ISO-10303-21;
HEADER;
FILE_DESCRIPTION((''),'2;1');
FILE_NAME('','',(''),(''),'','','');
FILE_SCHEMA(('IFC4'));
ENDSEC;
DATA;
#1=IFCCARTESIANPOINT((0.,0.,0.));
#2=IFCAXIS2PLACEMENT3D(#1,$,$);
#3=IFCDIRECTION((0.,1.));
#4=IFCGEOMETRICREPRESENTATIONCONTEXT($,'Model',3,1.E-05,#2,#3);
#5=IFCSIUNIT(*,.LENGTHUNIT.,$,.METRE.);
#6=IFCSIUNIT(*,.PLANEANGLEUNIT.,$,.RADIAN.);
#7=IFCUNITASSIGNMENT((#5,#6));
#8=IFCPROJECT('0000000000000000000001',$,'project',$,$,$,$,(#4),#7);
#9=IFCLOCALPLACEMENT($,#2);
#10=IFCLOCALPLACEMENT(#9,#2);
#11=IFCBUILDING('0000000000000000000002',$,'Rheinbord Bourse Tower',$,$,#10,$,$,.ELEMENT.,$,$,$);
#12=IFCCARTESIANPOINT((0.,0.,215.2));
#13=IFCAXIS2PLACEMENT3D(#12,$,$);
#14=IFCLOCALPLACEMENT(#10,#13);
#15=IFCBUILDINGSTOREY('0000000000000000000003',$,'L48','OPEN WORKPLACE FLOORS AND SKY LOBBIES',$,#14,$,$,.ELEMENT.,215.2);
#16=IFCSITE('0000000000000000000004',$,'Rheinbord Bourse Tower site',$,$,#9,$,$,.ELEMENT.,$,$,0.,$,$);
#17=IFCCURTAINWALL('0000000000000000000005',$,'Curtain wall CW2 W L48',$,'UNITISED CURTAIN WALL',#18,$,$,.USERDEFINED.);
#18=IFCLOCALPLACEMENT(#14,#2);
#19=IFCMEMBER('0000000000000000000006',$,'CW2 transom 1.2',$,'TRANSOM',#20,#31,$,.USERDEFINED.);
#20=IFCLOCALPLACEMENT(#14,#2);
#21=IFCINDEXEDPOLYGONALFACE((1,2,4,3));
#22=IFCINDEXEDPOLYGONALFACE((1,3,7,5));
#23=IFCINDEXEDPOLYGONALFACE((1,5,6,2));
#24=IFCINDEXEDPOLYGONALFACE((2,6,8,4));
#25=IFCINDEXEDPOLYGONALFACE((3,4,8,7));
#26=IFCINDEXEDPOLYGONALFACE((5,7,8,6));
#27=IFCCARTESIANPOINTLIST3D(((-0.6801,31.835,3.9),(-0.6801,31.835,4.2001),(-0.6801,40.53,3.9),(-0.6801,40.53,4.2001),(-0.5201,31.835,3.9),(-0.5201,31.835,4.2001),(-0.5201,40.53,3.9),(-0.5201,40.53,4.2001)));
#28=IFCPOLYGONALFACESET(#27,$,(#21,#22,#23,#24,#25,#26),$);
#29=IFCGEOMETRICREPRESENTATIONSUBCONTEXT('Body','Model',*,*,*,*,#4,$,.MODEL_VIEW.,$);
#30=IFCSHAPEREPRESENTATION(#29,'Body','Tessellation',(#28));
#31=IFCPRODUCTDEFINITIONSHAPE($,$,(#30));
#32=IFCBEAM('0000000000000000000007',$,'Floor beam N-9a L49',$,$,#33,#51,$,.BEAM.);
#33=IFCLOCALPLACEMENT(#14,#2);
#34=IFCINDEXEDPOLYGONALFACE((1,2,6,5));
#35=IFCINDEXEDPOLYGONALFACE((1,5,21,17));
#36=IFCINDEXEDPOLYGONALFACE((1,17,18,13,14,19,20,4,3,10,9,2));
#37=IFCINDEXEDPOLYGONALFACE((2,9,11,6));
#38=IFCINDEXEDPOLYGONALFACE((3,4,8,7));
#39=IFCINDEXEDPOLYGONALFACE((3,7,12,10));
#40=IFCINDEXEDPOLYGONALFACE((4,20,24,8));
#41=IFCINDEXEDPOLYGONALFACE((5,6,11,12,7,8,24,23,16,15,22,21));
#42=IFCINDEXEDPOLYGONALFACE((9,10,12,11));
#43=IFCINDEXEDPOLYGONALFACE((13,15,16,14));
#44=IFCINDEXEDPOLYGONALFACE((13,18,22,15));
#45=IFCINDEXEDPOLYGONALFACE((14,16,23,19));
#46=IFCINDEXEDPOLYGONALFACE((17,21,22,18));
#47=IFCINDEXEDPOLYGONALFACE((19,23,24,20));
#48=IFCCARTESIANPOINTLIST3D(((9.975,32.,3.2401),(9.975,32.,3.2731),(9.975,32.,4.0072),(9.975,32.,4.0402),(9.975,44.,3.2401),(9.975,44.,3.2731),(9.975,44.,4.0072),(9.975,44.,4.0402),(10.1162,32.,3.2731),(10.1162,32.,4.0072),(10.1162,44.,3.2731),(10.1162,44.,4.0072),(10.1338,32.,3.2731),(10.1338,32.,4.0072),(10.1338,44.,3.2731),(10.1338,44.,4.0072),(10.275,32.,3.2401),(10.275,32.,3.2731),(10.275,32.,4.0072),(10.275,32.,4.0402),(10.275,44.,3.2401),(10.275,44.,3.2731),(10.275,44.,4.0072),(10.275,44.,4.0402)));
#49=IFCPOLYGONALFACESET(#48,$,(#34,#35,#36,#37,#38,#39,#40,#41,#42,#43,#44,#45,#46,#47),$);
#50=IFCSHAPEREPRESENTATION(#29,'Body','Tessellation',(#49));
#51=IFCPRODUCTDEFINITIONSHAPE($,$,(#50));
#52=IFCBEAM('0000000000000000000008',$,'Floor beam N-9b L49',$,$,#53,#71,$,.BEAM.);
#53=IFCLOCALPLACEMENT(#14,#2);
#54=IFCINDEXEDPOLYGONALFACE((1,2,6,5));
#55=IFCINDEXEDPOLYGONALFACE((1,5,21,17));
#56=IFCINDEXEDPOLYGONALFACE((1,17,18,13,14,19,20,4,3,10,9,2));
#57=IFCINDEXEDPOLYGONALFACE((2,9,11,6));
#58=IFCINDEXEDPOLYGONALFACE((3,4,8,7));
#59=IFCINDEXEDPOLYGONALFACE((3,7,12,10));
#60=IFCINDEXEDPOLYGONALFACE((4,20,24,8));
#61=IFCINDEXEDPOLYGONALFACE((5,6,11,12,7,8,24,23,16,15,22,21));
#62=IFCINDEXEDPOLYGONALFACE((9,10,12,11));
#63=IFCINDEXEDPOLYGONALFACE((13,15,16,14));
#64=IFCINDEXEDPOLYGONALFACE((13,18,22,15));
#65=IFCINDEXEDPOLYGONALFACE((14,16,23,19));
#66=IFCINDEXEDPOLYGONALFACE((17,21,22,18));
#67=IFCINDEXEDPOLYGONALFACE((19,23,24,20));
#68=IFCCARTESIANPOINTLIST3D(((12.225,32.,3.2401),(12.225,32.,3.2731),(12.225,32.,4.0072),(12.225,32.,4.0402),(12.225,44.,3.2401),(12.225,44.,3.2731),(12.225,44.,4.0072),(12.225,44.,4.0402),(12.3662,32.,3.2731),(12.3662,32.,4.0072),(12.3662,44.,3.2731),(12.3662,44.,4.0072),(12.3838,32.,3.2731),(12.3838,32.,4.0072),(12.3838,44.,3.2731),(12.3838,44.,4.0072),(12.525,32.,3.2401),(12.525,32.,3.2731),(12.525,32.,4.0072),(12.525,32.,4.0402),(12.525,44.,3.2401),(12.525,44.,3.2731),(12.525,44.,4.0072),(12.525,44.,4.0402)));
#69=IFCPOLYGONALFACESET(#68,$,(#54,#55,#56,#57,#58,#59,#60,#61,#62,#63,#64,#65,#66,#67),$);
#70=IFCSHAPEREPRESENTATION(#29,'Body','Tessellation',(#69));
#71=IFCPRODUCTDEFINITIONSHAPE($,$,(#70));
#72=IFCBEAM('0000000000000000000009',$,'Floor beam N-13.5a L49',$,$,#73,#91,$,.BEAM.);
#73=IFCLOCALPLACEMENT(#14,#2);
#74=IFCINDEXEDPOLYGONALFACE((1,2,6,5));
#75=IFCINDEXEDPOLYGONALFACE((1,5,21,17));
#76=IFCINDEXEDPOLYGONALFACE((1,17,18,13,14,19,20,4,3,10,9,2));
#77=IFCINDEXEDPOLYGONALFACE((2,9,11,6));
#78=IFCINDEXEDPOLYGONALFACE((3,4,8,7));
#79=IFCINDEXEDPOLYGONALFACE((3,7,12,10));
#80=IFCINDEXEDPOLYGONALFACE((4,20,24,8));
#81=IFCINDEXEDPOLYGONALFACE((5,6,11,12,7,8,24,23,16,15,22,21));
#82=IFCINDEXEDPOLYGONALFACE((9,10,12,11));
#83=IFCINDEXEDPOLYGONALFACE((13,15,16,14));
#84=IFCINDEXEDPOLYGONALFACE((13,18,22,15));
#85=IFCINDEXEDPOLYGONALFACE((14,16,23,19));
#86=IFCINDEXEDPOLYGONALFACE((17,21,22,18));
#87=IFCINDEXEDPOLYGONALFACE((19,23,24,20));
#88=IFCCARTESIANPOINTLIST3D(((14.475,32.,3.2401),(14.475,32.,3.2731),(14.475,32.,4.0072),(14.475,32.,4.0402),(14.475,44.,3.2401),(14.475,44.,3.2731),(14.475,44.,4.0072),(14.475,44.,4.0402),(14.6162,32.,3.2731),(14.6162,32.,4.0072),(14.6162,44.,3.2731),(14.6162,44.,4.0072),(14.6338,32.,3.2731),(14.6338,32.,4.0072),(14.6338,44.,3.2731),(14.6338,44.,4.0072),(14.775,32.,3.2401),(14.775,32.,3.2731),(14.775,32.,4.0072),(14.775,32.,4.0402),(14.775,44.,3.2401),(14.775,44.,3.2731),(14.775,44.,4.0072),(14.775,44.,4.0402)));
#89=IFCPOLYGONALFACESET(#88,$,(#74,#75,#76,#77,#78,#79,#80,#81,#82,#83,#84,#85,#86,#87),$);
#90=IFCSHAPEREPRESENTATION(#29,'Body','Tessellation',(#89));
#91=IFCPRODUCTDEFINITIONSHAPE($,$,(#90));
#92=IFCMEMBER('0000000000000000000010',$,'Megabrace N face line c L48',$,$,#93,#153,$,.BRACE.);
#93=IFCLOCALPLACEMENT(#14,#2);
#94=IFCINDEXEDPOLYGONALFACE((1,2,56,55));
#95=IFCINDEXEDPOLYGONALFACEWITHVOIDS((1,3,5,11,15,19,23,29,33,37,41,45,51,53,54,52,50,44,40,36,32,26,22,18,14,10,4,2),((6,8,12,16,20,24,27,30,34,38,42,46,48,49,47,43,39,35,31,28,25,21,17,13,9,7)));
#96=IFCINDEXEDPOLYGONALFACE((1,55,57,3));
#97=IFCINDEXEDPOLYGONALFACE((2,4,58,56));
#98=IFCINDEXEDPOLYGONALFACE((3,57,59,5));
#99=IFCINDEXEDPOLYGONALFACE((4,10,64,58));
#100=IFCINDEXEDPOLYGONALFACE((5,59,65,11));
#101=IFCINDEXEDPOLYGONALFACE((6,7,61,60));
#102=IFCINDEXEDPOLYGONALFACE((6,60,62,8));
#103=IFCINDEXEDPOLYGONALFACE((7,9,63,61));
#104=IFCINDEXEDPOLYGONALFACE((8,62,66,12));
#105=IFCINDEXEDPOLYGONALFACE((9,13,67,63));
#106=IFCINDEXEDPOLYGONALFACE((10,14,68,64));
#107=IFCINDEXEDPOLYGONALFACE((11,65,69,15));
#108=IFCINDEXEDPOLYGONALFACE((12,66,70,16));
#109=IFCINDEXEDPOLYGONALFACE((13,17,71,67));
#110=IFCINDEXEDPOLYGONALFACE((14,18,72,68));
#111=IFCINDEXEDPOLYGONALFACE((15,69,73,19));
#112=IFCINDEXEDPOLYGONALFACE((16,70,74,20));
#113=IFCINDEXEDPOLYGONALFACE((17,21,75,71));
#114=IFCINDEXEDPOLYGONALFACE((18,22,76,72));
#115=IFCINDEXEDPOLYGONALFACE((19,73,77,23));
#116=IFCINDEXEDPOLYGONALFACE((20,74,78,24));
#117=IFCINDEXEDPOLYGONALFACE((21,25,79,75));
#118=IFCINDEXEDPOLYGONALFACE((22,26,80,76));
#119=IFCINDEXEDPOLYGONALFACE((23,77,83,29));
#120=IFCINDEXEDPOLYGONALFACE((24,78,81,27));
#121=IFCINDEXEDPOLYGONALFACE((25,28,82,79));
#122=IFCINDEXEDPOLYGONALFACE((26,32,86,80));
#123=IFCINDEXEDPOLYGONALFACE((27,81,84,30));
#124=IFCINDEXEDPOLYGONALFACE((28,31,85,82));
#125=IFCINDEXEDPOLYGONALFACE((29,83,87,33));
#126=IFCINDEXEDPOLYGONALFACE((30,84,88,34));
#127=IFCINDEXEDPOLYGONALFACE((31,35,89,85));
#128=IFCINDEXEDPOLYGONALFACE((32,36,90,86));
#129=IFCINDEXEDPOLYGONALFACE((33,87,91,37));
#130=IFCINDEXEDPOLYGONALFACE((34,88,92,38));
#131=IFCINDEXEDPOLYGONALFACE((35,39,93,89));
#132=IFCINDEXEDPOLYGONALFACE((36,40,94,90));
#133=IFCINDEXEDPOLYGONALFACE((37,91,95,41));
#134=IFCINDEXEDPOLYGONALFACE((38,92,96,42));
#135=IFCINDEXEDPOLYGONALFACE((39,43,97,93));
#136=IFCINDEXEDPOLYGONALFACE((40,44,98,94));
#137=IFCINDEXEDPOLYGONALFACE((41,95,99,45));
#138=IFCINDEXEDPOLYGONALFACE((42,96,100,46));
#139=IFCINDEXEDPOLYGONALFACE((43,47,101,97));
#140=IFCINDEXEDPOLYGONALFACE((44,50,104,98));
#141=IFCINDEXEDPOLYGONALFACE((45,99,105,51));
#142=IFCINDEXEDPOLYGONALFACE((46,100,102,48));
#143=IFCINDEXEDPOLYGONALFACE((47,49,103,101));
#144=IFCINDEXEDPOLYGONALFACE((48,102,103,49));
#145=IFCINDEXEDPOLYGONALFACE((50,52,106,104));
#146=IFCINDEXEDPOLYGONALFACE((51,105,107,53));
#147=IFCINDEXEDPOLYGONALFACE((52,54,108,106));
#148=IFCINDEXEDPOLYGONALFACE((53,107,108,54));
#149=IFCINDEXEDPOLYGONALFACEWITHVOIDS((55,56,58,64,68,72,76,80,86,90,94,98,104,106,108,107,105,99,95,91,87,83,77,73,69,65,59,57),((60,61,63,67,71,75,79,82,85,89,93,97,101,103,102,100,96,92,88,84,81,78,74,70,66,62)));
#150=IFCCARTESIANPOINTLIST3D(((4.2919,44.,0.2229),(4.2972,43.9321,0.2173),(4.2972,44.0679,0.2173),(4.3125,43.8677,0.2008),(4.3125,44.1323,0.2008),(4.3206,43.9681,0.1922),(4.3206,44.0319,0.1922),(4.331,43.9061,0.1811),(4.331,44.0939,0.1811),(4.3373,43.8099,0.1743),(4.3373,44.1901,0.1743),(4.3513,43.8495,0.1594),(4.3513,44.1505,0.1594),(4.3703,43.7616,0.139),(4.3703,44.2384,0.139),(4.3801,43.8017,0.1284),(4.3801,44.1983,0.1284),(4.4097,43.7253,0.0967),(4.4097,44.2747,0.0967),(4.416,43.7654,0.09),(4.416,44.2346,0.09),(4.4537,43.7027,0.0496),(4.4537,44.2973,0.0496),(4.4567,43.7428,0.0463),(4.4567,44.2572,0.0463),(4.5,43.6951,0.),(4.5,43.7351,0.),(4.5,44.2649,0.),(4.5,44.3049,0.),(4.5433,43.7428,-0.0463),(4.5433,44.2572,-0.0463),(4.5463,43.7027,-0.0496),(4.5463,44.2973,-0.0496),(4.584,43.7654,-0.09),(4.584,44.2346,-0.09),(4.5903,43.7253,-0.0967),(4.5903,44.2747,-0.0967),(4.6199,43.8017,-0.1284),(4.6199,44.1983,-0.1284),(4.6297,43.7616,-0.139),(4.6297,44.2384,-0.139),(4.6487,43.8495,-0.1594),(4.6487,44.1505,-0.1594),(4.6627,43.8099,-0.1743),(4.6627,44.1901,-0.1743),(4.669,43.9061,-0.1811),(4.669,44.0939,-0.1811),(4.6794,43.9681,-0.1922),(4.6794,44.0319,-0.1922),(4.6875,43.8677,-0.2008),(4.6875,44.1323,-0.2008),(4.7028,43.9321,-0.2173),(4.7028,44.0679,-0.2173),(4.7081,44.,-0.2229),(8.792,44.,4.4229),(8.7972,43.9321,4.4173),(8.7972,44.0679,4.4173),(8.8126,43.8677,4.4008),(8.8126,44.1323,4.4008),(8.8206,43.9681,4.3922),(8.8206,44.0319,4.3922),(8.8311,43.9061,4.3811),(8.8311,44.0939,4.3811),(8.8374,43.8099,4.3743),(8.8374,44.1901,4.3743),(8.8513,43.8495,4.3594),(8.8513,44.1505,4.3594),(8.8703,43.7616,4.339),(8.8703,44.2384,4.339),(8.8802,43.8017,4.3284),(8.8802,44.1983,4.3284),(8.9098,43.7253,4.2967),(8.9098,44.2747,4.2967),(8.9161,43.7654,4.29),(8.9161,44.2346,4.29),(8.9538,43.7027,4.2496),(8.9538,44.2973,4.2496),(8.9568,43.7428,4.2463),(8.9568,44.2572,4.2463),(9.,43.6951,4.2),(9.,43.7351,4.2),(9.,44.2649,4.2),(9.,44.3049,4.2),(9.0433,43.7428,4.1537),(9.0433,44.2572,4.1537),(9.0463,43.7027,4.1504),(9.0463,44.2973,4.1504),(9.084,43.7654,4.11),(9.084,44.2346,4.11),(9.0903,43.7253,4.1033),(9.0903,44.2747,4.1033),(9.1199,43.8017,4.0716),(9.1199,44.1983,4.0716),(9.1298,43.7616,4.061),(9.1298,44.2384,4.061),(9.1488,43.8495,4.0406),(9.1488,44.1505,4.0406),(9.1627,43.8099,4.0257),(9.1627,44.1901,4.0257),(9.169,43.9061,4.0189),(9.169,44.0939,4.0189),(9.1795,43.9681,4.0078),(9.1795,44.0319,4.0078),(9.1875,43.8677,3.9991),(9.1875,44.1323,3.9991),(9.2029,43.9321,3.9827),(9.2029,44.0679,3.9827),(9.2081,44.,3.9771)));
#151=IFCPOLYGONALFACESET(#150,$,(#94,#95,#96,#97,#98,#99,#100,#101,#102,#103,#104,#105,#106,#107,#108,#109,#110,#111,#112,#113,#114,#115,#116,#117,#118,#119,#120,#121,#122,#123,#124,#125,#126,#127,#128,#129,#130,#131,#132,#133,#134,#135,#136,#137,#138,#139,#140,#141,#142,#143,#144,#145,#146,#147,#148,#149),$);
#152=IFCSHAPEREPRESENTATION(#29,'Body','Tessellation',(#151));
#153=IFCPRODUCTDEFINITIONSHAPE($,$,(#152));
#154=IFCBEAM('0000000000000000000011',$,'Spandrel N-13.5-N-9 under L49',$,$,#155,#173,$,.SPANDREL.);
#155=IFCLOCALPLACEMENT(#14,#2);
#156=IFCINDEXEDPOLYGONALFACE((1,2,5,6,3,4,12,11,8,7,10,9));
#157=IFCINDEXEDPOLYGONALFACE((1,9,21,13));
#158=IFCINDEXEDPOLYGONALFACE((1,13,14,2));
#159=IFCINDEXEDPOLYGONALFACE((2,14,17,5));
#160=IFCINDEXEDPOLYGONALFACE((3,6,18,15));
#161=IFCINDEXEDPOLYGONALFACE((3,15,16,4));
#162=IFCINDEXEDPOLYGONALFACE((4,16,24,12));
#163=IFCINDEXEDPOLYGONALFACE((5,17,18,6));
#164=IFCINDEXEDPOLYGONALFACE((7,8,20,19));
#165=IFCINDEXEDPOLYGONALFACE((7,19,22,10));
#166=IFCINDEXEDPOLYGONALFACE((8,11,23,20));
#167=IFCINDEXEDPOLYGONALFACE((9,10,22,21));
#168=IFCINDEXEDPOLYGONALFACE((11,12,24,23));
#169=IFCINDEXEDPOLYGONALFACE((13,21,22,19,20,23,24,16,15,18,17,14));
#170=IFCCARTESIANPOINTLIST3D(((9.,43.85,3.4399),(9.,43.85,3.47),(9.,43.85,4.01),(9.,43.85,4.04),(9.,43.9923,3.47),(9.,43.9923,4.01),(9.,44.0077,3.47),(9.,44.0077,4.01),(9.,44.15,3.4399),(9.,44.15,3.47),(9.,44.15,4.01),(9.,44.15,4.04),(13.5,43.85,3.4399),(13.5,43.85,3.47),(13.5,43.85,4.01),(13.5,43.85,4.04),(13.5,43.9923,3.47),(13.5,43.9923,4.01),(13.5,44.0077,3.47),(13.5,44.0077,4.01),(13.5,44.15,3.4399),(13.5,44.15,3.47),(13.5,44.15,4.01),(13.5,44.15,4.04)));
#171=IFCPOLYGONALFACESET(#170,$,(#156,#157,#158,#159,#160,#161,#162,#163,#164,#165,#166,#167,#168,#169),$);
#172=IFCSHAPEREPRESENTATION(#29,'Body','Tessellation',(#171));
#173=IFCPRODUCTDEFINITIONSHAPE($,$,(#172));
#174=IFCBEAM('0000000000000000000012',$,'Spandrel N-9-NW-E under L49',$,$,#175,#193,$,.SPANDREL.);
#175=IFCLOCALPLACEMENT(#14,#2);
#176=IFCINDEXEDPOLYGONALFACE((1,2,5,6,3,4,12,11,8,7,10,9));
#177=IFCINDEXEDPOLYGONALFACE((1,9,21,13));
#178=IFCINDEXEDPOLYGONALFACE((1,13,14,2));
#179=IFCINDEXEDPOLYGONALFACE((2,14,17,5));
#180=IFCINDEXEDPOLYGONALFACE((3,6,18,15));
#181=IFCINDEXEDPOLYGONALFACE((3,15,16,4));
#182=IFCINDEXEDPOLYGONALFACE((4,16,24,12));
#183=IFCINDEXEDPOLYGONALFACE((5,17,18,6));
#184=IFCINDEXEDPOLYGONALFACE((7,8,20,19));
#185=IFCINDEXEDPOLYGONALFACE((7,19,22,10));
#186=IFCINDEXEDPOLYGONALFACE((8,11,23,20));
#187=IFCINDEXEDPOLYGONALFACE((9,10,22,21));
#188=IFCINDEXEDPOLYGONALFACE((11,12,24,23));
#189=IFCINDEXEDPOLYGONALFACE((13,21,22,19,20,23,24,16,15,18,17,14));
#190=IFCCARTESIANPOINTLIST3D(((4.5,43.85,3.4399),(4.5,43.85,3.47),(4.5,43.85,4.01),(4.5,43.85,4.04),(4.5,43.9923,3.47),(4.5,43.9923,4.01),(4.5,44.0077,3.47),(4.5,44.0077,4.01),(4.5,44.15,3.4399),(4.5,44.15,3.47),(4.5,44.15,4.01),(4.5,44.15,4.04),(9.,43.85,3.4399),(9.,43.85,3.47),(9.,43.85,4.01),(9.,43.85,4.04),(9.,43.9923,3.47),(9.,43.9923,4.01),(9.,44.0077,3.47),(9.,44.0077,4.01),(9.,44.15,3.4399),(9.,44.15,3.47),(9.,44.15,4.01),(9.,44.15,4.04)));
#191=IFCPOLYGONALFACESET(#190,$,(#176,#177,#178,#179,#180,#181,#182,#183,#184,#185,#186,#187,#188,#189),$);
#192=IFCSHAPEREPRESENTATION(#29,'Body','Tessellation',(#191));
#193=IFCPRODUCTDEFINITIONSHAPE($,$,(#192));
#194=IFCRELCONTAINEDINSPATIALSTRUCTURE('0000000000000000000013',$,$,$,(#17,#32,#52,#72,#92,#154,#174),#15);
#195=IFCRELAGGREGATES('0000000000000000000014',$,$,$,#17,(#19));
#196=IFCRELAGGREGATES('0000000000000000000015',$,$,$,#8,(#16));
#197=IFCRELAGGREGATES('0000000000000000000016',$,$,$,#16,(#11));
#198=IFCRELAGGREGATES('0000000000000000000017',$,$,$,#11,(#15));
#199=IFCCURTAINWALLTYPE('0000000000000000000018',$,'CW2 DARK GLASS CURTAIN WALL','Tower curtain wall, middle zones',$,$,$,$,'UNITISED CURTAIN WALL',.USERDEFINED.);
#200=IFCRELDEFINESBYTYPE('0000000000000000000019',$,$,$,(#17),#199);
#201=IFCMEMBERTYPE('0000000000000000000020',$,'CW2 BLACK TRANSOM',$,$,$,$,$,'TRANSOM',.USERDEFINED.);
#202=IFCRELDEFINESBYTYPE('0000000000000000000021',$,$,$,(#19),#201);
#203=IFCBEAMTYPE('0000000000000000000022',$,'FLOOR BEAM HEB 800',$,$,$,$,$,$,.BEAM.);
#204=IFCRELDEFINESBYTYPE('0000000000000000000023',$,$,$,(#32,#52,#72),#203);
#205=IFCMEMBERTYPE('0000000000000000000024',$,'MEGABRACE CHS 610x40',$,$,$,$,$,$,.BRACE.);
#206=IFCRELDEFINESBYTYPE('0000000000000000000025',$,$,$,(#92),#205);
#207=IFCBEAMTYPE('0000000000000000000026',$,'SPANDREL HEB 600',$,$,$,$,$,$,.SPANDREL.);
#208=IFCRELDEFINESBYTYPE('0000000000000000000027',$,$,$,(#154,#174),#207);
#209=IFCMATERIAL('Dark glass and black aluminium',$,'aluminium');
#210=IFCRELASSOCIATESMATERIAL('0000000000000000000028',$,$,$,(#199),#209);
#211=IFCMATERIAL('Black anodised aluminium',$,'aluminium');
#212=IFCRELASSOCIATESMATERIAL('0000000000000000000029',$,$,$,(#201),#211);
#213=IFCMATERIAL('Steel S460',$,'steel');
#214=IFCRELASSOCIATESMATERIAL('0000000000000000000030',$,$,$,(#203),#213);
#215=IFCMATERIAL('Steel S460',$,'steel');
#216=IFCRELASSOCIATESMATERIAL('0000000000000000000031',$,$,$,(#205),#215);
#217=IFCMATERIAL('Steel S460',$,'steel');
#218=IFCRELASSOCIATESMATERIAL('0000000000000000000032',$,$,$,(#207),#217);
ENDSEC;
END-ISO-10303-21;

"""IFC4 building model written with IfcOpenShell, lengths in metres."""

from ifc_helpers import new_model, si_unit, direction, frame, origin, origin_2d, place, context, subcontext, project, spatial, rectangle, hollow_circle, i_section, extrude, material, material_profile, profile_set, type_object, element, aggregate, save


model = new_model("IFC4")

# Units and contexts
model_context = context("Model", 3, precision=1e-05, world=origin(), true_north=direction((0.0, 1.0)))
body_context = subcontext(model_context, "Body", "Model", "MODEL_VIEW")
ifc_project = project(units=[si_unit("LENGTHUNIT", "METRE"), si_unit("PLANEANGLEUNIT", "RADIAN")], contexts=[model_context])

# Site, building, storey
site_placement = place(None, origin())
site = spatial("IfcSite", under=ifc_project, at=site_placement, Name="Rheinbord Bourse Tower site", CompositionType="ELEMENT", RefElevation=0.0)
building_placement = place(site_placement, origin())
building = spatial("IfcBuilding", under=site, at=building_placement, Name="Rheinbord Bourse Tower", CompositionType="ELEMENT")
storey_placement = place(building_placement, frame((0.0, 0.0, 215.2)))
storey = spatial("IfcBuildingStorey", under=building, at=storey_placement, Name="L48", Description="OPEN WORKPLACE FLOORS AND SKY LOBBIES", CompositionType="ELEMENT", Elevation=215.2)

# Shared definitions
ifc_material_1 = material(Name="Dark glass and black aluminium", Category="aluminium")
curtain_wall_type = type_object("IfcCurtainWallType", Name="CW2 DARK GLASS CURTAIN WALL", Description="Tower curtain wall, middle zones", ElementType="UNITISED CURTAIN WALL", PredefinedType="USERDEFINED", material=ifc_material_1)

# Curtain wall
curtain_wall_1_placement = place(storey_placement, origin())
curtain_wall_1 = element("IfcCurtainWall", 1, at=curtain_wall_1_placement, inside=storey, type_object=curtain_wall_type, Name="Curtain wall CW2 W L48", ObjectType="UNITISED CURTAIN WALL", PredefinedType="USERDEFINED")

# Member
ifc_material_2 = material(Name="Black anodised aluminium", Category="aluminium")
ifc_material_profile_1 = material_profile(ifc_material_2, rectangle(XDim=0.1599, YDim=0.3, at=origin_2d()), Name="CW2 TRANSOM 300x160")
ifc_profile_set_1 = profile_set([ifc_material_profile_1], Name="Black anodised aluminium")
member_type_1 = type_object("IfcMemberType", Name="CW2 BLACK TRANSOM", ElementType="TRANSOM", PredefinedType="USERDEFINED", material=ifc_profile_set_1)
member_1_placement = place(storey_placement, frame((-0.6001, 40.53, 4.05), z_axis=(0.0, -1.0, 0.0), x_axis=(1.0, 0.0, 0.0)))
member_1 = element("IfcMember", 2, at=member_1_placement, type_object=member_type_1, Name="CW2 transom 1.2", ObjectType="TRANSOM", PredefinedType="USERDEFINED", context=body_context, shape_type="SweptSolid", body=[
    extrude(rectangle(XDim=0.1599, YDim=0.3, at=origin_2d()), origin(), (0.0, 0.0, 1.0), 8.6951),
])

# Beams
ifc_material_3 = material(Name="Steel S460", Category="steel")
ifc_material_profile_2 = material_profile(ifc_material_3, i_section(OverallWidth=0.3, OverallDepth=0.8, WebThickness=0.0176, FlangeThickness=0.033, at=origin_2d()), Name="HEB 800")
ifc_profile_set_2 = profile_set([ifc_material_profile_2], Name="Steel S460")
beam_type_1 = type_object("IfcBeamType", Name="FLOOR BEAM HEB 800", PredefinedType="BEAM", material=ifc_profile_set_2)
for number, where, z_axis, x_axis, name in (
    (3, (10.125, 44.0, 3.6401), (0.0, -1.0, 0.0), (1.0, 0.0, 0.0), "Floor beam N-9a L49"),
    (4, (12.375, 44.0, 3.6401), (0.0, -1.0, 0.0), (1.0, 0.0, 0.0), "Floor beam N-9b L49"),
    (5, (14.625, 44.0, 3.6401), (0.0, -1.0, 0.0), (1.0, 0.0, 0.0), "Floor beam N-13.5a L49"),
):
    element("IfcBeam", number, at=place(storey_placement, frame(where, z_axis=z_axis, x_axis=x_axis)), inside=storey, type_object=beam_type_1, Name=name, PredefinedType="BEAM", context=body_context, shape_type="SweptSolid", body=[
        extrude(i_section(OverallWidth=0.3, OverallDepth=0.8, WebThickness=0.0176, FlangeThickness=0.033, at=origin_2d()), origin(), (0.0, 0.0, 1.0), 12.0),
    ])

# Member
ifc_material_4 = material(Name="Steel S460", Category="steel")
ifc_material_profile_3 = material_profile(ifc_material_4, hollow_circle(Radius=0.3049, WallThickness=0.04, at=origin_2d()), Name="CHS 610x40")
ifc_profile_set_3 = profile_set([ifc_material_profile_3], Name="Steel S460")
member_type_2 = type_object("IfcMemberType", Name="MEGABRACE CHS 610x40", PredefinedType="BRACE", material=ifc_profile_set_3)
member_2_placement = place(storey_placement, frame((4.5, 44.0, 0.0), z_axis=(0.731059, 0.0, 0.682314), x_axis=(0.0, 1.0, 0.0)))
element("IfcMember", 6, at=member_2_placement, inside=storey, type_object=member_type_2, Name="Megabrace N face line c L48", PredefinedType="BRACE", context=body_context, shape_type="SweptSolid", body=[
    extrude(hollow_circle(Radius=0.3049, WallThickness=0.04, at=origin_2d()), origin(), (0.0, 0.0, 1.0), 6.1555),
])

# Beams
ifc_material_5 = material(Name="Steel S460", Category="steel")
ifc_material_profile_4 = material_profile(ifc_material_5, i_section(OverallWidth=0.3, OverallDepth=0.6001, WebThickness=0.0154, FlangeThickness=0.03, at=origin_2d()), Name="HEB 600")
ifc_profile_set_4 = profile_set([ifc_material_profile_4], Name="Steel S460")
beam_type_2 = type_object("IfcBeamType", Name="SPANDREL HEB 600", PredefinedType="SPANDREL", material=ifc_profile_set_4)
for number, where, z_axis, x_axis, name in (
    (7, (13.5, 44.0, 3.74), (-1.0, 0.0, 0.0), (0.0, -1.0, 0.0), "Spandrel N-13.5-N-9 under L49"),
    (8, (9.0, 44.0, 3.74), (-1.0, 0.0, 0.0), (0.0, -1.0, 0.0), "Spandrel N-9-NW-E under L49"),
):
    element("IfcBeam", number, at=place(storey_placement, frame(where, z_axis=z_axis, x_axis=x_axis)), inside=storey, type_object=beam_type_2, Name=name, PredefinedType="SPANDREL", context=body_context, shape_type="SweptSolid", body=[
        extrude(i_section(OverallWidth=0.3, OverallDepth=0.6001, WebThickness=0.0154, FlangeThickness=0.03, at=origin_2d()), origin(), (0.0, 0.0, 1.0), 4.5),
    ])

aggregate(curtain_wall_1, [member_1])

save(model, "model.ifc")
